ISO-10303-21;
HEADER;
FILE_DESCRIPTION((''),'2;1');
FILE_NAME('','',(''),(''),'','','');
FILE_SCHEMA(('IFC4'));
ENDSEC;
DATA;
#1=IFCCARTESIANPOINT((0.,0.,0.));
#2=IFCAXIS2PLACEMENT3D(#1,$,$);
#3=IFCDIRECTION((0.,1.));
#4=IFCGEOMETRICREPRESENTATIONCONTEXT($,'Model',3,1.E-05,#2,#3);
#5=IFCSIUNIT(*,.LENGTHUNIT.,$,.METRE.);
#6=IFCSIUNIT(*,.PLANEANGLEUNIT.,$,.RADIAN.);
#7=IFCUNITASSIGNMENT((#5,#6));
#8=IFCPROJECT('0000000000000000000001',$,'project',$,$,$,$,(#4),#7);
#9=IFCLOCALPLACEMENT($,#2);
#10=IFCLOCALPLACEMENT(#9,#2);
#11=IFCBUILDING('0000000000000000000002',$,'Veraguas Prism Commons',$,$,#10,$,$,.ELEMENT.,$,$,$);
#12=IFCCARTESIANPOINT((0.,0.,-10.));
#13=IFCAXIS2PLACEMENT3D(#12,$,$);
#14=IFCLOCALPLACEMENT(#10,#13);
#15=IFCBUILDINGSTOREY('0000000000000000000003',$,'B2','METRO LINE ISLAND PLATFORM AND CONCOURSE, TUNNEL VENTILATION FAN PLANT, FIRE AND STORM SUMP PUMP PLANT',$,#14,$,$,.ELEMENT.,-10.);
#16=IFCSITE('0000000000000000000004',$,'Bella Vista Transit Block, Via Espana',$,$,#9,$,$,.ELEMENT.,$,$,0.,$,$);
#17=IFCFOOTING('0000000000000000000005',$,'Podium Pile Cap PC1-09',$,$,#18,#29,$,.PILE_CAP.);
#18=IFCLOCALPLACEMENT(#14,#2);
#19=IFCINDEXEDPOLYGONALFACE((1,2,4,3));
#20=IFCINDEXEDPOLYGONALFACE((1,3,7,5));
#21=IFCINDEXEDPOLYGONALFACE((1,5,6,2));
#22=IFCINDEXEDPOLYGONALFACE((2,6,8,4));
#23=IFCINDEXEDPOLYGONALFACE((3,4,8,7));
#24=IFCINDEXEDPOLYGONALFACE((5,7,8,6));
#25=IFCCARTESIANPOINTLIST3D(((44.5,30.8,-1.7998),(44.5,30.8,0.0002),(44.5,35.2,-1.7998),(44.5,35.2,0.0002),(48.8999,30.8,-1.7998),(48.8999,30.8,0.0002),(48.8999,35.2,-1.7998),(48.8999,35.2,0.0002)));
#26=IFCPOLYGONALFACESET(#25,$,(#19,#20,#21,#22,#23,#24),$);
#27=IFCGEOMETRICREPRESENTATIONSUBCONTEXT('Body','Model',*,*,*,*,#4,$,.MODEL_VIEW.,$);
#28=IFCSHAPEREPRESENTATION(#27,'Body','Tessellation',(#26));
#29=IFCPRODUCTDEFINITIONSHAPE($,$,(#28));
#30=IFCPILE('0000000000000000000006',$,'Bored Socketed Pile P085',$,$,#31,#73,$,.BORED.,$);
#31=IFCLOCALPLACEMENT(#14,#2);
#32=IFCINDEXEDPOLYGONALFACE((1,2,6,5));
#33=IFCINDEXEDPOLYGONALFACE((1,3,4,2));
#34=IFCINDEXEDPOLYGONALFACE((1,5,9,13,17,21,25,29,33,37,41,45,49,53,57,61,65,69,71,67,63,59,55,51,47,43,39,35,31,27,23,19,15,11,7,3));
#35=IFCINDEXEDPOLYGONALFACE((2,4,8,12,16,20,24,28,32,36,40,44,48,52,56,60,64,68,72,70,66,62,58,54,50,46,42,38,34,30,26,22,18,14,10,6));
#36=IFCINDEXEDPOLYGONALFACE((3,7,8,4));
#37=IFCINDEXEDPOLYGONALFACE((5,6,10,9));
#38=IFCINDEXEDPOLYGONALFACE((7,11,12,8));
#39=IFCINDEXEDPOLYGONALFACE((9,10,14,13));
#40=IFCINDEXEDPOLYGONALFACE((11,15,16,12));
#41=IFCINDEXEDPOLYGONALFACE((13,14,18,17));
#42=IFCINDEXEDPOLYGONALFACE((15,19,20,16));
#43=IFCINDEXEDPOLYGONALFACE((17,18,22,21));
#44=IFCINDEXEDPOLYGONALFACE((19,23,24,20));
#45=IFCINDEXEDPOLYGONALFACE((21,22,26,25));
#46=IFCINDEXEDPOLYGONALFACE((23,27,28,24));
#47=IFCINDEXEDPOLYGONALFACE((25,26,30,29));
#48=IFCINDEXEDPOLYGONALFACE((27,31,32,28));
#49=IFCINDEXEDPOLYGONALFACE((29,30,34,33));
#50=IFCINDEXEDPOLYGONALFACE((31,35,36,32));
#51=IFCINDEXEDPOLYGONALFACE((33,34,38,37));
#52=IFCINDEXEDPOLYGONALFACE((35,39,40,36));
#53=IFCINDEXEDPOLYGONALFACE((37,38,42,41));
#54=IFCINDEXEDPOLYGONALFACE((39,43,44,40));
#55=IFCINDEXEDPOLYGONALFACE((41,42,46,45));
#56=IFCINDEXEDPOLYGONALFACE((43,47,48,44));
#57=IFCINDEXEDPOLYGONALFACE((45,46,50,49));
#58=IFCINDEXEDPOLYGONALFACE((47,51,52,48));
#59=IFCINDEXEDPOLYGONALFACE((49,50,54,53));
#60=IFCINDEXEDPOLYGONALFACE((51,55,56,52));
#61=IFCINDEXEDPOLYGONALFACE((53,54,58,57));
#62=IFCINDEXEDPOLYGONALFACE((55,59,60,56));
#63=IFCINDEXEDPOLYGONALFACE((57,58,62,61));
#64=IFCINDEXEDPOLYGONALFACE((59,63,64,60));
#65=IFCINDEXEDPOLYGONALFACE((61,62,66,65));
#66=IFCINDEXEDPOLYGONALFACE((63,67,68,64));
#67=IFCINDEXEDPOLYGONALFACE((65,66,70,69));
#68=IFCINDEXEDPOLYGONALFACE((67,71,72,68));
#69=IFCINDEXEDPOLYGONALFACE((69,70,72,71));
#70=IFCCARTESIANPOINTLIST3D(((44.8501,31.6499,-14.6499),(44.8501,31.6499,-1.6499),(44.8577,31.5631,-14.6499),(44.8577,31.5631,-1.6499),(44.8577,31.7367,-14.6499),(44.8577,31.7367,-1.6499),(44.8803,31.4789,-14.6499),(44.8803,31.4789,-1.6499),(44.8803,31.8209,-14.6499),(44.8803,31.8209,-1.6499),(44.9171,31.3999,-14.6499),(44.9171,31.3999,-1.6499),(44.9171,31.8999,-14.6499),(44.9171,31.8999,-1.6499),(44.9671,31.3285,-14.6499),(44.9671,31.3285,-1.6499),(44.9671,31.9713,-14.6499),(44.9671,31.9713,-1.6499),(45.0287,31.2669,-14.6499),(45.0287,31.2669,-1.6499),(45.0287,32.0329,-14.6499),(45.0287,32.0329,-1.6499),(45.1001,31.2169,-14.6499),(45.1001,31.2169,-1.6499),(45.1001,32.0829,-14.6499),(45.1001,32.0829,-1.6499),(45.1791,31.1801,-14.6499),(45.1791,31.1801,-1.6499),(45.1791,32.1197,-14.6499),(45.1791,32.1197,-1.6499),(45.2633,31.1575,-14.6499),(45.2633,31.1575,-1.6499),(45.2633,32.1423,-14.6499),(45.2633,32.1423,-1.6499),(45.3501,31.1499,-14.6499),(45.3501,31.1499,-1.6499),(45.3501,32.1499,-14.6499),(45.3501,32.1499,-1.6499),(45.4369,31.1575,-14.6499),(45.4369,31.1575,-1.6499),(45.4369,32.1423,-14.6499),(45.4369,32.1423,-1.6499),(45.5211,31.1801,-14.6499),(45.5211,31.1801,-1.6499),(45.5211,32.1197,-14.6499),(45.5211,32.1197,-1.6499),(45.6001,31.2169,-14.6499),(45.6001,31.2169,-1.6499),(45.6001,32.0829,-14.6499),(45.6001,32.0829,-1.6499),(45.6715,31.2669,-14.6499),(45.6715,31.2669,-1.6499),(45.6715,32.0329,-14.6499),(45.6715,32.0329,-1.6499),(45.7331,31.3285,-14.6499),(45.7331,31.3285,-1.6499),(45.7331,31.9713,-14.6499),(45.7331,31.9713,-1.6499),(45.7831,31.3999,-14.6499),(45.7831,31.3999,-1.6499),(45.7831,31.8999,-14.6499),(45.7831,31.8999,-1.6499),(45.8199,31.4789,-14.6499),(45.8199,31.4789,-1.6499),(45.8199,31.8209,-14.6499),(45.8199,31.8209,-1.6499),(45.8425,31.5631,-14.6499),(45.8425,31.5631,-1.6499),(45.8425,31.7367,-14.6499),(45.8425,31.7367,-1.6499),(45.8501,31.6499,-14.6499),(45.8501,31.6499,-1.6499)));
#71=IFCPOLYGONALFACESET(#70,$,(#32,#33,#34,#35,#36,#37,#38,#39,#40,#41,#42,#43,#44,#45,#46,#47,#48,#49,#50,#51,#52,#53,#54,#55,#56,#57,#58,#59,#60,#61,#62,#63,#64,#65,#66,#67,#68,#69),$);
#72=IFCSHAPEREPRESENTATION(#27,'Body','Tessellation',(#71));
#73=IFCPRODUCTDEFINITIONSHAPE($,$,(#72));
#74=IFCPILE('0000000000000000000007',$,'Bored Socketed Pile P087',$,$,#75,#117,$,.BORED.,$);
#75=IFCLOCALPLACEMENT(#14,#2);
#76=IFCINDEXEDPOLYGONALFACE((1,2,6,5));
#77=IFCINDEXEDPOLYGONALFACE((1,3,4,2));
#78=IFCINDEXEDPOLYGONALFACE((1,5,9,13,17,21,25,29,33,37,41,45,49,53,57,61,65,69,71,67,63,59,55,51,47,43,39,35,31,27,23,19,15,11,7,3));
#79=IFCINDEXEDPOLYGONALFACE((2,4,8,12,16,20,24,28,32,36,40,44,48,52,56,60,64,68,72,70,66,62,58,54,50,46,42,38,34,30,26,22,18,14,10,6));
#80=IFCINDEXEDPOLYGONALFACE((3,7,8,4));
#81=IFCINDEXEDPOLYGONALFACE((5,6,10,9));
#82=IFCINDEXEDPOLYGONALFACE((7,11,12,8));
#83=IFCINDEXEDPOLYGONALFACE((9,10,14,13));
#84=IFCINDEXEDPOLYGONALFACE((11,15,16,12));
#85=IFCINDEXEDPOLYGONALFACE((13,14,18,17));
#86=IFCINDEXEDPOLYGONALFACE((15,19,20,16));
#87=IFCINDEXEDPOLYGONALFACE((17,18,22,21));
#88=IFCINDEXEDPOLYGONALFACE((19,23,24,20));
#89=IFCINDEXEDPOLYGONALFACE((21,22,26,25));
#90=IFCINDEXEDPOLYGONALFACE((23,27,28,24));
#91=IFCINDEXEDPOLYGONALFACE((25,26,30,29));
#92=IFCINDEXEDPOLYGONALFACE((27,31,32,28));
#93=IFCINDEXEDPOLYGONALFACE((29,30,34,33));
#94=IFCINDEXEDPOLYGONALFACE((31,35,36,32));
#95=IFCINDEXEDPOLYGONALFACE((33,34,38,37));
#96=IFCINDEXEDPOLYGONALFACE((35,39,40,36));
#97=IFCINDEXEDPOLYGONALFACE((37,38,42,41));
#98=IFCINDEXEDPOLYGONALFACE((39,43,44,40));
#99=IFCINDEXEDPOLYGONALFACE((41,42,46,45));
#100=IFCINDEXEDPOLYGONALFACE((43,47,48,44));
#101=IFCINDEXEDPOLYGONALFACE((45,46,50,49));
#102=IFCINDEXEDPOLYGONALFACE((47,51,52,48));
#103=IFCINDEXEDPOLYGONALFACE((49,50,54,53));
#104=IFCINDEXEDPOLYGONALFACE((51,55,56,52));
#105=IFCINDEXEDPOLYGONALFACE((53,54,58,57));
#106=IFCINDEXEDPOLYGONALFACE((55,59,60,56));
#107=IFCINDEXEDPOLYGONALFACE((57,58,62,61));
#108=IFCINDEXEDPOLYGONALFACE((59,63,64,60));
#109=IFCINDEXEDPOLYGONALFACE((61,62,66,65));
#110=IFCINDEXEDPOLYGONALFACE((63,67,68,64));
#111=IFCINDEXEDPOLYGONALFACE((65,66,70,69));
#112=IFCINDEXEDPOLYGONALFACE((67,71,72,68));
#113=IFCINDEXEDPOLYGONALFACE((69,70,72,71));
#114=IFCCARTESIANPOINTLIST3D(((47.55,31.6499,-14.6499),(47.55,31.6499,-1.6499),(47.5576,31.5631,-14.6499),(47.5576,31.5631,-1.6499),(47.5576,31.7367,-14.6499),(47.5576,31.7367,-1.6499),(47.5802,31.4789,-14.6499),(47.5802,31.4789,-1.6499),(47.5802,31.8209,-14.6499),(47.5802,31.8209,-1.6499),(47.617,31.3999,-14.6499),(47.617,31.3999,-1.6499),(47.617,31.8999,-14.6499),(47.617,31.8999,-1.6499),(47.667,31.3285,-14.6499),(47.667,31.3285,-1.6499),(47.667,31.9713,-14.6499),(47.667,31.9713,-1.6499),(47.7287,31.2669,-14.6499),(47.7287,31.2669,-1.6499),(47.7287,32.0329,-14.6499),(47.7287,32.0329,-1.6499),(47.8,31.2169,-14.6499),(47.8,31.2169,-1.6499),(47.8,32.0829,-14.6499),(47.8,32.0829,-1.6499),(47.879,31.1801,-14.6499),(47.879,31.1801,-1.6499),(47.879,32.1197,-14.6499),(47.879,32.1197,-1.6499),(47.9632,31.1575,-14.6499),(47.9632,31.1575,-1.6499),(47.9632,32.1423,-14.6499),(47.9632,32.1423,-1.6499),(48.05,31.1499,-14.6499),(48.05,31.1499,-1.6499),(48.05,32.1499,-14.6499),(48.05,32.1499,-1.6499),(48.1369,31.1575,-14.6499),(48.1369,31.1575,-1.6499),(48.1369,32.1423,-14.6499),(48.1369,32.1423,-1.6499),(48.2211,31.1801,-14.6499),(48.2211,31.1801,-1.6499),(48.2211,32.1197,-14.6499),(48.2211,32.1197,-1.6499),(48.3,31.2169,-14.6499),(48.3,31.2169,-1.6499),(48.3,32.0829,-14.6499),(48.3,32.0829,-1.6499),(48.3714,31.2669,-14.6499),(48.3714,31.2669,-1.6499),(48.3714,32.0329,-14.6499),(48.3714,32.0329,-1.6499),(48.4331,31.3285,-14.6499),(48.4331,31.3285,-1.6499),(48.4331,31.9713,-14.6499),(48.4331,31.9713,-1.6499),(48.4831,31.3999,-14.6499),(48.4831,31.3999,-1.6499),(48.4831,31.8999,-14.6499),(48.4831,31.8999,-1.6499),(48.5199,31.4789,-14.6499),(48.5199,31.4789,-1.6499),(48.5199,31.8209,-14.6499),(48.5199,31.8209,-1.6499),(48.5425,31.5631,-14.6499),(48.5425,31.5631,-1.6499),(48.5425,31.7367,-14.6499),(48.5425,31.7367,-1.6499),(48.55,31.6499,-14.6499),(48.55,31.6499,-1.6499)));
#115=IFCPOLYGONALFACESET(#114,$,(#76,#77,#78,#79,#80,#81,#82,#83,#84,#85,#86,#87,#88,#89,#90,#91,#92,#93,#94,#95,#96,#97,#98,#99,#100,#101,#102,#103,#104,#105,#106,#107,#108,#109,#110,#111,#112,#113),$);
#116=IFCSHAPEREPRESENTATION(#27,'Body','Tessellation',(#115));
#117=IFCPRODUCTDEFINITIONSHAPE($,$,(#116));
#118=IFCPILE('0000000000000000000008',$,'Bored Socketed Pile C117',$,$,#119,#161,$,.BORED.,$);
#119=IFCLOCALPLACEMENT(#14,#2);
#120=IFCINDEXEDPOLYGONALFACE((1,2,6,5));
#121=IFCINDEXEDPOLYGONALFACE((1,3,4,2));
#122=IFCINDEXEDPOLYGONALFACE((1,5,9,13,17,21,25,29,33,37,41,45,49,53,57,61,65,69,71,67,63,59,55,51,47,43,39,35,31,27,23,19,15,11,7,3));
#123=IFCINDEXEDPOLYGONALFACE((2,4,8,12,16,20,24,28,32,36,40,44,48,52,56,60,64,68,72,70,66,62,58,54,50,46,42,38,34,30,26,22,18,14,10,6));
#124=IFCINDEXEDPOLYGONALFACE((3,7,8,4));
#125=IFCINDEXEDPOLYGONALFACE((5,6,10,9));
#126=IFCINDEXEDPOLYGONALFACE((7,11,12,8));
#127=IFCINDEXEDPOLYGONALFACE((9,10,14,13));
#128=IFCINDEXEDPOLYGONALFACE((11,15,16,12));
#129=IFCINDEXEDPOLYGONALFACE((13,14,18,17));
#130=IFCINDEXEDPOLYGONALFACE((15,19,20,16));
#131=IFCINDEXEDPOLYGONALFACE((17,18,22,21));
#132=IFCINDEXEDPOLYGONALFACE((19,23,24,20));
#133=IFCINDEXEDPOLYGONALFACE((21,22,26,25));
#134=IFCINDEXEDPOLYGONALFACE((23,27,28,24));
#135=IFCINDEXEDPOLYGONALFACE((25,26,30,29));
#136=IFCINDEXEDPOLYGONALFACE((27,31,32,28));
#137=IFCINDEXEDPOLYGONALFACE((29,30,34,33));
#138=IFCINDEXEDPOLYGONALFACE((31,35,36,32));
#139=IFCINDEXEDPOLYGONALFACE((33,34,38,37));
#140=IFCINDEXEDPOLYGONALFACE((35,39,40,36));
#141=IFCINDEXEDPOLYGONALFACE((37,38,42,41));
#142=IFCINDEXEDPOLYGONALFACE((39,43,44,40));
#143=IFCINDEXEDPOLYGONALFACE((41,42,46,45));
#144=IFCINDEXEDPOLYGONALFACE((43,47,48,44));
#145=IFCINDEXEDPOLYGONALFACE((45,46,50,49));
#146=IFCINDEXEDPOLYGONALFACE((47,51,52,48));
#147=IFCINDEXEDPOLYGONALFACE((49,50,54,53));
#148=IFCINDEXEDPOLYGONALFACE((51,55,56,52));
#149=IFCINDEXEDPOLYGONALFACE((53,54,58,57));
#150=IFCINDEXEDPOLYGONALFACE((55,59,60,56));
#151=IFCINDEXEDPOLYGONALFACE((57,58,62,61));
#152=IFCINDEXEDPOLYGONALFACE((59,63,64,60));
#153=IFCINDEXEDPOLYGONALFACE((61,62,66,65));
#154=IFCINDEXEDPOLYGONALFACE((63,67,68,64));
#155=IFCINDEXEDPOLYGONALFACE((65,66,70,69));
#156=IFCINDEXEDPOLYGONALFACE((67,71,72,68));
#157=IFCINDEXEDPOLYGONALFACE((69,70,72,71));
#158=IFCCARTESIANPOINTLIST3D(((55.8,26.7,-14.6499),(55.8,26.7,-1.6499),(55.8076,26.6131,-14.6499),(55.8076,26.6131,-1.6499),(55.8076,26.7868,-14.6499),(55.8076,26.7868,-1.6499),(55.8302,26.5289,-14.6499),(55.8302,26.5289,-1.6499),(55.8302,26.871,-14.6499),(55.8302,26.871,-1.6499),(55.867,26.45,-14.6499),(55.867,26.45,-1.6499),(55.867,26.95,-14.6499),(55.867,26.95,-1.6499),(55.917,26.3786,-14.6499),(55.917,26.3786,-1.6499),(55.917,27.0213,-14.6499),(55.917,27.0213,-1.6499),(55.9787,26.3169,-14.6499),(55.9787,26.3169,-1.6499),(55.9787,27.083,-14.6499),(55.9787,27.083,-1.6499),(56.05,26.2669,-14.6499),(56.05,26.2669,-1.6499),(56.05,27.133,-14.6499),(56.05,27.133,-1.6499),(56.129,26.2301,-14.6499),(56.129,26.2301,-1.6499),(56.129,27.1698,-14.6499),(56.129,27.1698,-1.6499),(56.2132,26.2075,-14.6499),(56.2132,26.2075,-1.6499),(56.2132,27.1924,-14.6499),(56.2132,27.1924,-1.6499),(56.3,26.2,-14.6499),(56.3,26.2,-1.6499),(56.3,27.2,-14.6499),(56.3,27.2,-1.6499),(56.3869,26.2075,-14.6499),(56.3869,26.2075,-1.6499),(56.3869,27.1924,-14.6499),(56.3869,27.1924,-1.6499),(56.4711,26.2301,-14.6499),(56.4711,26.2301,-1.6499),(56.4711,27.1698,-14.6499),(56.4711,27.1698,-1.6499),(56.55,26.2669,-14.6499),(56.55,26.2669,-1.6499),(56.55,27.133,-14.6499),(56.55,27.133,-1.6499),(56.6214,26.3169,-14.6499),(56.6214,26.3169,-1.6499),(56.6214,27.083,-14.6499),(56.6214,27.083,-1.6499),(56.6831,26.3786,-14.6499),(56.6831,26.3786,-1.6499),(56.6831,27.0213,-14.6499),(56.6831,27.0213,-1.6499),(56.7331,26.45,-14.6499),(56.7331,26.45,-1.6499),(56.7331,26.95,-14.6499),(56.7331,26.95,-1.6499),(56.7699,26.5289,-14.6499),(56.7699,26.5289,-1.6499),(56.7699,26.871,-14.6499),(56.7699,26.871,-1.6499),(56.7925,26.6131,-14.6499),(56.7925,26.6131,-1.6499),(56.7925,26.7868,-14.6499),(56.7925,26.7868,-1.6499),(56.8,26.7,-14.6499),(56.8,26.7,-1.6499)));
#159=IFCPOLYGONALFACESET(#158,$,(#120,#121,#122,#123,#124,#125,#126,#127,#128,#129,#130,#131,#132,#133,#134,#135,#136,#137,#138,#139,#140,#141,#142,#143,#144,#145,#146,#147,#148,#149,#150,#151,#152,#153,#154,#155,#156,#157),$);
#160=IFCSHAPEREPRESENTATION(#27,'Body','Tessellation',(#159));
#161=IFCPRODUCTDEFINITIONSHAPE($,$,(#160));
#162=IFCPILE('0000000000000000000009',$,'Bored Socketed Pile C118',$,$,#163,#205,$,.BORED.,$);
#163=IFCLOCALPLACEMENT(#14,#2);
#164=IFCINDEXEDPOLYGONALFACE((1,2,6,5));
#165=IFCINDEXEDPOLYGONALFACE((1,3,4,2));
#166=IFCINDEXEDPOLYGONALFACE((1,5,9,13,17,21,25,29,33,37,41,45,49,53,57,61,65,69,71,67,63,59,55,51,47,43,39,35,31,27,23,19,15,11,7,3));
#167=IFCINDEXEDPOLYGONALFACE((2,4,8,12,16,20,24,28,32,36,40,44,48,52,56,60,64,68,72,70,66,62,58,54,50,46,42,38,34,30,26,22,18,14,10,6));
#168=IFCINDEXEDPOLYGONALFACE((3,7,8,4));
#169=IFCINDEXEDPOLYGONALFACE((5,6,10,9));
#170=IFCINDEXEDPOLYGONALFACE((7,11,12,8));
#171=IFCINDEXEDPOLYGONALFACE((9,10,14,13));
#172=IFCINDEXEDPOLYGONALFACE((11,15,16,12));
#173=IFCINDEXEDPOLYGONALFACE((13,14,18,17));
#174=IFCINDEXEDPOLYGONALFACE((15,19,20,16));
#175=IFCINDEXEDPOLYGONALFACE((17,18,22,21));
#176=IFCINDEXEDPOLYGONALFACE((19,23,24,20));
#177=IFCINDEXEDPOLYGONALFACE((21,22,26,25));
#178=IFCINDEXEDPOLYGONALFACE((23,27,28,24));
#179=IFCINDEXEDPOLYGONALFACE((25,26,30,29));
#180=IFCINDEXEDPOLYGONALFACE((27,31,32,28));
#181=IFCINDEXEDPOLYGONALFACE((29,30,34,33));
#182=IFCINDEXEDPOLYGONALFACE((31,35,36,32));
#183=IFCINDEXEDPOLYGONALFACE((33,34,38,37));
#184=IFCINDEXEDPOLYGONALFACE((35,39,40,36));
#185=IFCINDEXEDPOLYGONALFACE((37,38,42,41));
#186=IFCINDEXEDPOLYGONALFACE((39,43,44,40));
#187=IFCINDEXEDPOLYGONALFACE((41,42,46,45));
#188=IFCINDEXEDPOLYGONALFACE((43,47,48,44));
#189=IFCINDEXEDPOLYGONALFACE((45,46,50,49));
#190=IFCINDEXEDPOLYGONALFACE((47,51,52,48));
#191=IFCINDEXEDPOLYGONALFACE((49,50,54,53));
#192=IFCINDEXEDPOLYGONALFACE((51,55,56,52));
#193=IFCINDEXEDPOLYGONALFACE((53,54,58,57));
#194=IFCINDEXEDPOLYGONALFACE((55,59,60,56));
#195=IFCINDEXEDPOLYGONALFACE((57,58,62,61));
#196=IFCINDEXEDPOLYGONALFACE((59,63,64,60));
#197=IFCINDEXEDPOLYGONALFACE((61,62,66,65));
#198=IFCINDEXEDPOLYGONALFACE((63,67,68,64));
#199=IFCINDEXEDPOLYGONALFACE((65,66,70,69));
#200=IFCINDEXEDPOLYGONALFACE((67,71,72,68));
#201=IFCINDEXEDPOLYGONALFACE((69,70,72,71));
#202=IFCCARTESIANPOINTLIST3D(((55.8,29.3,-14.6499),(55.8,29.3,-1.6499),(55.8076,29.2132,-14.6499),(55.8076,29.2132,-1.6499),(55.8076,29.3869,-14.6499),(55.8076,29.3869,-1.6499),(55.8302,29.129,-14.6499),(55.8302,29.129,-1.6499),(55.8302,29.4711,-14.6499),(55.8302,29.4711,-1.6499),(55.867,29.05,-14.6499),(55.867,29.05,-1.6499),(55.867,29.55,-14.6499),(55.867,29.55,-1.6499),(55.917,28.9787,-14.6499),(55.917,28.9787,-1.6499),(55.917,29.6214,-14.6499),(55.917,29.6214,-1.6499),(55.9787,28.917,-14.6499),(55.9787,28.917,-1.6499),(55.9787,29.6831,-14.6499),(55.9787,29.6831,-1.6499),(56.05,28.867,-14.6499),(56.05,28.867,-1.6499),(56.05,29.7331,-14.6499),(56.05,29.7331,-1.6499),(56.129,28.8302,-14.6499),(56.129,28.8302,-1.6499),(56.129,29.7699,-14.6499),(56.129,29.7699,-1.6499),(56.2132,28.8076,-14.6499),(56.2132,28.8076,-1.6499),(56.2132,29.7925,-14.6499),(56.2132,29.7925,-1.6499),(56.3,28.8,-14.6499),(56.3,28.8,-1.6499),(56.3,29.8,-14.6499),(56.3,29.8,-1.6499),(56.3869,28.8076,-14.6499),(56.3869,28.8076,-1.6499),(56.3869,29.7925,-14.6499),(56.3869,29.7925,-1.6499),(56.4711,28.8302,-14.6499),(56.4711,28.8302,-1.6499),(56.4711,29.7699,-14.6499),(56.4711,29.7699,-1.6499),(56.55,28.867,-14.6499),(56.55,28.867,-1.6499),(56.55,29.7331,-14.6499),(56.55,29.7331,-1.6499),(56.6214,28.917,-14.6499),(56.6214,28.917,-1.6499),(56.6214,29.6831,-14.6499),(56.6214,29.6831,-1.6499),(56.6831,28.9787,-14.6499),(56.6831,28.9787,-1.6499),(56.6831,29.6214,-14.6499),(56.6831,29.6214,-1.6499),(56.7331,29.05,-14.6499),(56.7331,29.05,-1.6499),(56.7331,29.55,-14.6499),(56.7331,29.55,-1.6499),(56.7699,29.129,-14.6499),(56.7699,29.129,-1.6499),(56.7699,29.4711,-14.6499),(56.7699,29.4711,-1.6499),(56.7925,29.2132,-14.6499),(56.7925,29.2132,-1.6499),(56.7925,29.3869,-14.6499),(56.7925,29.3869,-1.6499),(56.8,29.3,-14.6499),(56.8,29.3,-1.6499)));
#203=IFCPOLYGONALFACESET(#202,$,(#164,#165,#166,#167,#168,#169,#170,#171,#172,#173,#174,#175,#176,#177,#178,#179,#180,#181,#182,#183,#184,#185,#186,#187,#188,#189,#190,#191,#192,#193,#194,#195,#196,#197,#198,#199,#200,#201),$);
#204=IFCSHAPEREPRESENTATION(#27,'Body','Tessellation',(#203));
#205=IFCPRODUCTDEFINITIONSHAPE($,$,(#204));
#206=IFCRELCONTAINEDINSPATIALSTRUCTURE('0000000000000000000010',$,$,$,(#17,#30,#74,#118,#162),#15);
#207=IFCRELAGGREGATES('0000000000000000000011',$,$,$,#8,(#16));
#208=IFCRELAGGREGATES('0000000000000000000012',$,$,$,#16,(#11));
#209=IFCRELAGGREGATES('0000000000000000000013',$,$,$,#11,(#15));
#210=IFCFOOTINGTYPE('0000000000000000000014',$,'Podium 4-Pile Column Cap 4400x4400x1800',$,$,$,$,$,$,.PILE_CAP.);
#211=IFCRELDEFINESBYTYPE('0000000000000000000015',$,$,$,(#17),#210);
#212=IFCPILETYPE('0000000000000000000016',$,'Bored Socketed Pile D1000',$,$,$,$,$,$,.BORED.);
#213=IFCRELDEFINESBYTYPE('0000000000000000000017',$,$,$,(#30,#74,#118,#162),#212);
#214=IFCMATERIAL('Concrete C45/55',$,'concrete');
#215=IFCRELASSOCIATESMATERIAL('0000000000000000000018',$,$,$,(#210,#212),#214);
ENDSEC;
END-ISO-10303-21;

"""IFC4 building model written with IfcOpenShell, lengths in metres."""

from ifc_helpers import new_model, si_unit, direction, frame, origin, origin_2d, place, context, subcontext, project, spatial, rectangle, circle, extrude, source, transform, mapped, material, material_profile, profile_set, type_object, element, save


model = new_model("IFC4")

# Units and contexts
model_context = context("Model", 3, precision=1e-05, world=origin(), true_north=direction((0.0, 1.0)))
body_context = subcontext(model_context, "Body", "Model", "MODEL_VIEW")
ifc_project = project(units=[si_unit("LENGTHUNIT", "METRE"), si_unit("PLANEANGLEUNIT", "RADIAN")], contexts=[model_context])

# Site, building, storey
site_placement = place(None, origin())
site = spatial("IfcSite", under=ifc_project, at=site_placement, Name="Bella Vista Transit Block, Via Espana", CompositionType="ELEMENT", RefElevation=0.0)
building_placement = place(site_placement, origin())
building = spatial("IfcBuilding", under=site, at=building_placement, Name="Veraguas Prism Commons", CompositionType="ELEMENT")
storey_placement = place(building_placement, frame((0.0, 0.0, -10.0)))
storey = spatial("IfcBuildingStorey", under=building, at=storey_placement, Name="B2", Description="METRO LINE ISLAND PLATFORM AND CONCOURSE, TUNNEL VENTILATION FAN PLANT, FIRE AND STORM SUMP PUMP PLANT", CompositionType="ELEMENT", Elevation=-10.0)

# Shared definitions
ifc_material_1 = material(Name="Concrete C45/55", Category="concrete")

# Footing
footing_type_1 = type_object("IfcFootingType", Name="Podium 4-Pile Column Cap 4400x4400x1800", PredefinedType="PILE_CAP", material=ifc_material_1)
shared_shape_1 = source(origin(), body_context, "Body", "SweptSolid", [
    extrude(rectangle(XDim=4.3999, YDim=4.3999, at=origin_2d()), origin(), (0.0, 0.0, 1.0), 1.8),
])
footing_1_placement = place(storey_placement, frame((46.7, 33.0, -1.7998), z_axis=(0.0, 0.0, 1.0), x_axis=(1.0, 0.0, 0.0)))
element("IfcFooting", 1, at=footing_1_placement, inside=storey, type_object=footing_type_1, Name="Podium Pile Cap PC1-09", PredefinedType="PILE_CAP", context=body_context, shape_type="MappedRepresentation", body=[
    mapped(shared_shape_1, transform((0.0, 0.0, 0.0), scale=1.0)),
])

# Piles
ifc_material_profile_1 = material_profile(ifc_material_1, circle(Radius=0.5, at=origin_2d()), Name="PILE1000")
ifc_profile_set_1 = profile_set([ifc_material_profile_1], Name="Concrete C45/55")
pile_type_1 = type_object("IfcPileType", Name="Bored Socketed Pile D1000", PredefinedType="BORED", material=ifc_profile_set_1)
shared_shape_2 = source(origin(), body_context, "Body", "SweptSolid", [
    extrude(circle(Radius=0.5, at=origin_2d()), origin(), (0.0, 0.0, 1.0), 13.0),
])
for number, where, z_axis, x_axis, name in (
    (2, (45.3501, 31.6499, -1.6499), (0.0, 0.0, -1.0), (1.0, 0.0, 0.0), "Bored Socketed Pile P085"),
    (3, (48.05, 31.6499, -1.6499), (0.0, 0.0, -1.0), (1.0, 0.0, 0.0), "Bored Socketed Pile P087"),
    (4, (56.3, 26.7, -1.6499), (0.0, 0.0, -1.0), (1.0, 0.0, 0.0), "Bored Socketed Pile C117"),
    (5, (56.3, 29.3, -1.6499), (0.0, 0.0, -1.0), (1.0, 0.0, 0.0), "Bored Socketed Pile C118"),
):
    element("IfcPile", number, at=place(storey_placement, frame(where, z_axis=z_axis, x_axis=x_axis)), inside=storey, type_object=pile_type_1, Name=name, PredefinedType="BORED", context=body_context, shape_type="MappedRepresentation", body=[
        mapped(shared_shape_2, transform((0.0, 0.0, 0.0), scale=1.0)),
    ])

save(model, "model.ifc")
